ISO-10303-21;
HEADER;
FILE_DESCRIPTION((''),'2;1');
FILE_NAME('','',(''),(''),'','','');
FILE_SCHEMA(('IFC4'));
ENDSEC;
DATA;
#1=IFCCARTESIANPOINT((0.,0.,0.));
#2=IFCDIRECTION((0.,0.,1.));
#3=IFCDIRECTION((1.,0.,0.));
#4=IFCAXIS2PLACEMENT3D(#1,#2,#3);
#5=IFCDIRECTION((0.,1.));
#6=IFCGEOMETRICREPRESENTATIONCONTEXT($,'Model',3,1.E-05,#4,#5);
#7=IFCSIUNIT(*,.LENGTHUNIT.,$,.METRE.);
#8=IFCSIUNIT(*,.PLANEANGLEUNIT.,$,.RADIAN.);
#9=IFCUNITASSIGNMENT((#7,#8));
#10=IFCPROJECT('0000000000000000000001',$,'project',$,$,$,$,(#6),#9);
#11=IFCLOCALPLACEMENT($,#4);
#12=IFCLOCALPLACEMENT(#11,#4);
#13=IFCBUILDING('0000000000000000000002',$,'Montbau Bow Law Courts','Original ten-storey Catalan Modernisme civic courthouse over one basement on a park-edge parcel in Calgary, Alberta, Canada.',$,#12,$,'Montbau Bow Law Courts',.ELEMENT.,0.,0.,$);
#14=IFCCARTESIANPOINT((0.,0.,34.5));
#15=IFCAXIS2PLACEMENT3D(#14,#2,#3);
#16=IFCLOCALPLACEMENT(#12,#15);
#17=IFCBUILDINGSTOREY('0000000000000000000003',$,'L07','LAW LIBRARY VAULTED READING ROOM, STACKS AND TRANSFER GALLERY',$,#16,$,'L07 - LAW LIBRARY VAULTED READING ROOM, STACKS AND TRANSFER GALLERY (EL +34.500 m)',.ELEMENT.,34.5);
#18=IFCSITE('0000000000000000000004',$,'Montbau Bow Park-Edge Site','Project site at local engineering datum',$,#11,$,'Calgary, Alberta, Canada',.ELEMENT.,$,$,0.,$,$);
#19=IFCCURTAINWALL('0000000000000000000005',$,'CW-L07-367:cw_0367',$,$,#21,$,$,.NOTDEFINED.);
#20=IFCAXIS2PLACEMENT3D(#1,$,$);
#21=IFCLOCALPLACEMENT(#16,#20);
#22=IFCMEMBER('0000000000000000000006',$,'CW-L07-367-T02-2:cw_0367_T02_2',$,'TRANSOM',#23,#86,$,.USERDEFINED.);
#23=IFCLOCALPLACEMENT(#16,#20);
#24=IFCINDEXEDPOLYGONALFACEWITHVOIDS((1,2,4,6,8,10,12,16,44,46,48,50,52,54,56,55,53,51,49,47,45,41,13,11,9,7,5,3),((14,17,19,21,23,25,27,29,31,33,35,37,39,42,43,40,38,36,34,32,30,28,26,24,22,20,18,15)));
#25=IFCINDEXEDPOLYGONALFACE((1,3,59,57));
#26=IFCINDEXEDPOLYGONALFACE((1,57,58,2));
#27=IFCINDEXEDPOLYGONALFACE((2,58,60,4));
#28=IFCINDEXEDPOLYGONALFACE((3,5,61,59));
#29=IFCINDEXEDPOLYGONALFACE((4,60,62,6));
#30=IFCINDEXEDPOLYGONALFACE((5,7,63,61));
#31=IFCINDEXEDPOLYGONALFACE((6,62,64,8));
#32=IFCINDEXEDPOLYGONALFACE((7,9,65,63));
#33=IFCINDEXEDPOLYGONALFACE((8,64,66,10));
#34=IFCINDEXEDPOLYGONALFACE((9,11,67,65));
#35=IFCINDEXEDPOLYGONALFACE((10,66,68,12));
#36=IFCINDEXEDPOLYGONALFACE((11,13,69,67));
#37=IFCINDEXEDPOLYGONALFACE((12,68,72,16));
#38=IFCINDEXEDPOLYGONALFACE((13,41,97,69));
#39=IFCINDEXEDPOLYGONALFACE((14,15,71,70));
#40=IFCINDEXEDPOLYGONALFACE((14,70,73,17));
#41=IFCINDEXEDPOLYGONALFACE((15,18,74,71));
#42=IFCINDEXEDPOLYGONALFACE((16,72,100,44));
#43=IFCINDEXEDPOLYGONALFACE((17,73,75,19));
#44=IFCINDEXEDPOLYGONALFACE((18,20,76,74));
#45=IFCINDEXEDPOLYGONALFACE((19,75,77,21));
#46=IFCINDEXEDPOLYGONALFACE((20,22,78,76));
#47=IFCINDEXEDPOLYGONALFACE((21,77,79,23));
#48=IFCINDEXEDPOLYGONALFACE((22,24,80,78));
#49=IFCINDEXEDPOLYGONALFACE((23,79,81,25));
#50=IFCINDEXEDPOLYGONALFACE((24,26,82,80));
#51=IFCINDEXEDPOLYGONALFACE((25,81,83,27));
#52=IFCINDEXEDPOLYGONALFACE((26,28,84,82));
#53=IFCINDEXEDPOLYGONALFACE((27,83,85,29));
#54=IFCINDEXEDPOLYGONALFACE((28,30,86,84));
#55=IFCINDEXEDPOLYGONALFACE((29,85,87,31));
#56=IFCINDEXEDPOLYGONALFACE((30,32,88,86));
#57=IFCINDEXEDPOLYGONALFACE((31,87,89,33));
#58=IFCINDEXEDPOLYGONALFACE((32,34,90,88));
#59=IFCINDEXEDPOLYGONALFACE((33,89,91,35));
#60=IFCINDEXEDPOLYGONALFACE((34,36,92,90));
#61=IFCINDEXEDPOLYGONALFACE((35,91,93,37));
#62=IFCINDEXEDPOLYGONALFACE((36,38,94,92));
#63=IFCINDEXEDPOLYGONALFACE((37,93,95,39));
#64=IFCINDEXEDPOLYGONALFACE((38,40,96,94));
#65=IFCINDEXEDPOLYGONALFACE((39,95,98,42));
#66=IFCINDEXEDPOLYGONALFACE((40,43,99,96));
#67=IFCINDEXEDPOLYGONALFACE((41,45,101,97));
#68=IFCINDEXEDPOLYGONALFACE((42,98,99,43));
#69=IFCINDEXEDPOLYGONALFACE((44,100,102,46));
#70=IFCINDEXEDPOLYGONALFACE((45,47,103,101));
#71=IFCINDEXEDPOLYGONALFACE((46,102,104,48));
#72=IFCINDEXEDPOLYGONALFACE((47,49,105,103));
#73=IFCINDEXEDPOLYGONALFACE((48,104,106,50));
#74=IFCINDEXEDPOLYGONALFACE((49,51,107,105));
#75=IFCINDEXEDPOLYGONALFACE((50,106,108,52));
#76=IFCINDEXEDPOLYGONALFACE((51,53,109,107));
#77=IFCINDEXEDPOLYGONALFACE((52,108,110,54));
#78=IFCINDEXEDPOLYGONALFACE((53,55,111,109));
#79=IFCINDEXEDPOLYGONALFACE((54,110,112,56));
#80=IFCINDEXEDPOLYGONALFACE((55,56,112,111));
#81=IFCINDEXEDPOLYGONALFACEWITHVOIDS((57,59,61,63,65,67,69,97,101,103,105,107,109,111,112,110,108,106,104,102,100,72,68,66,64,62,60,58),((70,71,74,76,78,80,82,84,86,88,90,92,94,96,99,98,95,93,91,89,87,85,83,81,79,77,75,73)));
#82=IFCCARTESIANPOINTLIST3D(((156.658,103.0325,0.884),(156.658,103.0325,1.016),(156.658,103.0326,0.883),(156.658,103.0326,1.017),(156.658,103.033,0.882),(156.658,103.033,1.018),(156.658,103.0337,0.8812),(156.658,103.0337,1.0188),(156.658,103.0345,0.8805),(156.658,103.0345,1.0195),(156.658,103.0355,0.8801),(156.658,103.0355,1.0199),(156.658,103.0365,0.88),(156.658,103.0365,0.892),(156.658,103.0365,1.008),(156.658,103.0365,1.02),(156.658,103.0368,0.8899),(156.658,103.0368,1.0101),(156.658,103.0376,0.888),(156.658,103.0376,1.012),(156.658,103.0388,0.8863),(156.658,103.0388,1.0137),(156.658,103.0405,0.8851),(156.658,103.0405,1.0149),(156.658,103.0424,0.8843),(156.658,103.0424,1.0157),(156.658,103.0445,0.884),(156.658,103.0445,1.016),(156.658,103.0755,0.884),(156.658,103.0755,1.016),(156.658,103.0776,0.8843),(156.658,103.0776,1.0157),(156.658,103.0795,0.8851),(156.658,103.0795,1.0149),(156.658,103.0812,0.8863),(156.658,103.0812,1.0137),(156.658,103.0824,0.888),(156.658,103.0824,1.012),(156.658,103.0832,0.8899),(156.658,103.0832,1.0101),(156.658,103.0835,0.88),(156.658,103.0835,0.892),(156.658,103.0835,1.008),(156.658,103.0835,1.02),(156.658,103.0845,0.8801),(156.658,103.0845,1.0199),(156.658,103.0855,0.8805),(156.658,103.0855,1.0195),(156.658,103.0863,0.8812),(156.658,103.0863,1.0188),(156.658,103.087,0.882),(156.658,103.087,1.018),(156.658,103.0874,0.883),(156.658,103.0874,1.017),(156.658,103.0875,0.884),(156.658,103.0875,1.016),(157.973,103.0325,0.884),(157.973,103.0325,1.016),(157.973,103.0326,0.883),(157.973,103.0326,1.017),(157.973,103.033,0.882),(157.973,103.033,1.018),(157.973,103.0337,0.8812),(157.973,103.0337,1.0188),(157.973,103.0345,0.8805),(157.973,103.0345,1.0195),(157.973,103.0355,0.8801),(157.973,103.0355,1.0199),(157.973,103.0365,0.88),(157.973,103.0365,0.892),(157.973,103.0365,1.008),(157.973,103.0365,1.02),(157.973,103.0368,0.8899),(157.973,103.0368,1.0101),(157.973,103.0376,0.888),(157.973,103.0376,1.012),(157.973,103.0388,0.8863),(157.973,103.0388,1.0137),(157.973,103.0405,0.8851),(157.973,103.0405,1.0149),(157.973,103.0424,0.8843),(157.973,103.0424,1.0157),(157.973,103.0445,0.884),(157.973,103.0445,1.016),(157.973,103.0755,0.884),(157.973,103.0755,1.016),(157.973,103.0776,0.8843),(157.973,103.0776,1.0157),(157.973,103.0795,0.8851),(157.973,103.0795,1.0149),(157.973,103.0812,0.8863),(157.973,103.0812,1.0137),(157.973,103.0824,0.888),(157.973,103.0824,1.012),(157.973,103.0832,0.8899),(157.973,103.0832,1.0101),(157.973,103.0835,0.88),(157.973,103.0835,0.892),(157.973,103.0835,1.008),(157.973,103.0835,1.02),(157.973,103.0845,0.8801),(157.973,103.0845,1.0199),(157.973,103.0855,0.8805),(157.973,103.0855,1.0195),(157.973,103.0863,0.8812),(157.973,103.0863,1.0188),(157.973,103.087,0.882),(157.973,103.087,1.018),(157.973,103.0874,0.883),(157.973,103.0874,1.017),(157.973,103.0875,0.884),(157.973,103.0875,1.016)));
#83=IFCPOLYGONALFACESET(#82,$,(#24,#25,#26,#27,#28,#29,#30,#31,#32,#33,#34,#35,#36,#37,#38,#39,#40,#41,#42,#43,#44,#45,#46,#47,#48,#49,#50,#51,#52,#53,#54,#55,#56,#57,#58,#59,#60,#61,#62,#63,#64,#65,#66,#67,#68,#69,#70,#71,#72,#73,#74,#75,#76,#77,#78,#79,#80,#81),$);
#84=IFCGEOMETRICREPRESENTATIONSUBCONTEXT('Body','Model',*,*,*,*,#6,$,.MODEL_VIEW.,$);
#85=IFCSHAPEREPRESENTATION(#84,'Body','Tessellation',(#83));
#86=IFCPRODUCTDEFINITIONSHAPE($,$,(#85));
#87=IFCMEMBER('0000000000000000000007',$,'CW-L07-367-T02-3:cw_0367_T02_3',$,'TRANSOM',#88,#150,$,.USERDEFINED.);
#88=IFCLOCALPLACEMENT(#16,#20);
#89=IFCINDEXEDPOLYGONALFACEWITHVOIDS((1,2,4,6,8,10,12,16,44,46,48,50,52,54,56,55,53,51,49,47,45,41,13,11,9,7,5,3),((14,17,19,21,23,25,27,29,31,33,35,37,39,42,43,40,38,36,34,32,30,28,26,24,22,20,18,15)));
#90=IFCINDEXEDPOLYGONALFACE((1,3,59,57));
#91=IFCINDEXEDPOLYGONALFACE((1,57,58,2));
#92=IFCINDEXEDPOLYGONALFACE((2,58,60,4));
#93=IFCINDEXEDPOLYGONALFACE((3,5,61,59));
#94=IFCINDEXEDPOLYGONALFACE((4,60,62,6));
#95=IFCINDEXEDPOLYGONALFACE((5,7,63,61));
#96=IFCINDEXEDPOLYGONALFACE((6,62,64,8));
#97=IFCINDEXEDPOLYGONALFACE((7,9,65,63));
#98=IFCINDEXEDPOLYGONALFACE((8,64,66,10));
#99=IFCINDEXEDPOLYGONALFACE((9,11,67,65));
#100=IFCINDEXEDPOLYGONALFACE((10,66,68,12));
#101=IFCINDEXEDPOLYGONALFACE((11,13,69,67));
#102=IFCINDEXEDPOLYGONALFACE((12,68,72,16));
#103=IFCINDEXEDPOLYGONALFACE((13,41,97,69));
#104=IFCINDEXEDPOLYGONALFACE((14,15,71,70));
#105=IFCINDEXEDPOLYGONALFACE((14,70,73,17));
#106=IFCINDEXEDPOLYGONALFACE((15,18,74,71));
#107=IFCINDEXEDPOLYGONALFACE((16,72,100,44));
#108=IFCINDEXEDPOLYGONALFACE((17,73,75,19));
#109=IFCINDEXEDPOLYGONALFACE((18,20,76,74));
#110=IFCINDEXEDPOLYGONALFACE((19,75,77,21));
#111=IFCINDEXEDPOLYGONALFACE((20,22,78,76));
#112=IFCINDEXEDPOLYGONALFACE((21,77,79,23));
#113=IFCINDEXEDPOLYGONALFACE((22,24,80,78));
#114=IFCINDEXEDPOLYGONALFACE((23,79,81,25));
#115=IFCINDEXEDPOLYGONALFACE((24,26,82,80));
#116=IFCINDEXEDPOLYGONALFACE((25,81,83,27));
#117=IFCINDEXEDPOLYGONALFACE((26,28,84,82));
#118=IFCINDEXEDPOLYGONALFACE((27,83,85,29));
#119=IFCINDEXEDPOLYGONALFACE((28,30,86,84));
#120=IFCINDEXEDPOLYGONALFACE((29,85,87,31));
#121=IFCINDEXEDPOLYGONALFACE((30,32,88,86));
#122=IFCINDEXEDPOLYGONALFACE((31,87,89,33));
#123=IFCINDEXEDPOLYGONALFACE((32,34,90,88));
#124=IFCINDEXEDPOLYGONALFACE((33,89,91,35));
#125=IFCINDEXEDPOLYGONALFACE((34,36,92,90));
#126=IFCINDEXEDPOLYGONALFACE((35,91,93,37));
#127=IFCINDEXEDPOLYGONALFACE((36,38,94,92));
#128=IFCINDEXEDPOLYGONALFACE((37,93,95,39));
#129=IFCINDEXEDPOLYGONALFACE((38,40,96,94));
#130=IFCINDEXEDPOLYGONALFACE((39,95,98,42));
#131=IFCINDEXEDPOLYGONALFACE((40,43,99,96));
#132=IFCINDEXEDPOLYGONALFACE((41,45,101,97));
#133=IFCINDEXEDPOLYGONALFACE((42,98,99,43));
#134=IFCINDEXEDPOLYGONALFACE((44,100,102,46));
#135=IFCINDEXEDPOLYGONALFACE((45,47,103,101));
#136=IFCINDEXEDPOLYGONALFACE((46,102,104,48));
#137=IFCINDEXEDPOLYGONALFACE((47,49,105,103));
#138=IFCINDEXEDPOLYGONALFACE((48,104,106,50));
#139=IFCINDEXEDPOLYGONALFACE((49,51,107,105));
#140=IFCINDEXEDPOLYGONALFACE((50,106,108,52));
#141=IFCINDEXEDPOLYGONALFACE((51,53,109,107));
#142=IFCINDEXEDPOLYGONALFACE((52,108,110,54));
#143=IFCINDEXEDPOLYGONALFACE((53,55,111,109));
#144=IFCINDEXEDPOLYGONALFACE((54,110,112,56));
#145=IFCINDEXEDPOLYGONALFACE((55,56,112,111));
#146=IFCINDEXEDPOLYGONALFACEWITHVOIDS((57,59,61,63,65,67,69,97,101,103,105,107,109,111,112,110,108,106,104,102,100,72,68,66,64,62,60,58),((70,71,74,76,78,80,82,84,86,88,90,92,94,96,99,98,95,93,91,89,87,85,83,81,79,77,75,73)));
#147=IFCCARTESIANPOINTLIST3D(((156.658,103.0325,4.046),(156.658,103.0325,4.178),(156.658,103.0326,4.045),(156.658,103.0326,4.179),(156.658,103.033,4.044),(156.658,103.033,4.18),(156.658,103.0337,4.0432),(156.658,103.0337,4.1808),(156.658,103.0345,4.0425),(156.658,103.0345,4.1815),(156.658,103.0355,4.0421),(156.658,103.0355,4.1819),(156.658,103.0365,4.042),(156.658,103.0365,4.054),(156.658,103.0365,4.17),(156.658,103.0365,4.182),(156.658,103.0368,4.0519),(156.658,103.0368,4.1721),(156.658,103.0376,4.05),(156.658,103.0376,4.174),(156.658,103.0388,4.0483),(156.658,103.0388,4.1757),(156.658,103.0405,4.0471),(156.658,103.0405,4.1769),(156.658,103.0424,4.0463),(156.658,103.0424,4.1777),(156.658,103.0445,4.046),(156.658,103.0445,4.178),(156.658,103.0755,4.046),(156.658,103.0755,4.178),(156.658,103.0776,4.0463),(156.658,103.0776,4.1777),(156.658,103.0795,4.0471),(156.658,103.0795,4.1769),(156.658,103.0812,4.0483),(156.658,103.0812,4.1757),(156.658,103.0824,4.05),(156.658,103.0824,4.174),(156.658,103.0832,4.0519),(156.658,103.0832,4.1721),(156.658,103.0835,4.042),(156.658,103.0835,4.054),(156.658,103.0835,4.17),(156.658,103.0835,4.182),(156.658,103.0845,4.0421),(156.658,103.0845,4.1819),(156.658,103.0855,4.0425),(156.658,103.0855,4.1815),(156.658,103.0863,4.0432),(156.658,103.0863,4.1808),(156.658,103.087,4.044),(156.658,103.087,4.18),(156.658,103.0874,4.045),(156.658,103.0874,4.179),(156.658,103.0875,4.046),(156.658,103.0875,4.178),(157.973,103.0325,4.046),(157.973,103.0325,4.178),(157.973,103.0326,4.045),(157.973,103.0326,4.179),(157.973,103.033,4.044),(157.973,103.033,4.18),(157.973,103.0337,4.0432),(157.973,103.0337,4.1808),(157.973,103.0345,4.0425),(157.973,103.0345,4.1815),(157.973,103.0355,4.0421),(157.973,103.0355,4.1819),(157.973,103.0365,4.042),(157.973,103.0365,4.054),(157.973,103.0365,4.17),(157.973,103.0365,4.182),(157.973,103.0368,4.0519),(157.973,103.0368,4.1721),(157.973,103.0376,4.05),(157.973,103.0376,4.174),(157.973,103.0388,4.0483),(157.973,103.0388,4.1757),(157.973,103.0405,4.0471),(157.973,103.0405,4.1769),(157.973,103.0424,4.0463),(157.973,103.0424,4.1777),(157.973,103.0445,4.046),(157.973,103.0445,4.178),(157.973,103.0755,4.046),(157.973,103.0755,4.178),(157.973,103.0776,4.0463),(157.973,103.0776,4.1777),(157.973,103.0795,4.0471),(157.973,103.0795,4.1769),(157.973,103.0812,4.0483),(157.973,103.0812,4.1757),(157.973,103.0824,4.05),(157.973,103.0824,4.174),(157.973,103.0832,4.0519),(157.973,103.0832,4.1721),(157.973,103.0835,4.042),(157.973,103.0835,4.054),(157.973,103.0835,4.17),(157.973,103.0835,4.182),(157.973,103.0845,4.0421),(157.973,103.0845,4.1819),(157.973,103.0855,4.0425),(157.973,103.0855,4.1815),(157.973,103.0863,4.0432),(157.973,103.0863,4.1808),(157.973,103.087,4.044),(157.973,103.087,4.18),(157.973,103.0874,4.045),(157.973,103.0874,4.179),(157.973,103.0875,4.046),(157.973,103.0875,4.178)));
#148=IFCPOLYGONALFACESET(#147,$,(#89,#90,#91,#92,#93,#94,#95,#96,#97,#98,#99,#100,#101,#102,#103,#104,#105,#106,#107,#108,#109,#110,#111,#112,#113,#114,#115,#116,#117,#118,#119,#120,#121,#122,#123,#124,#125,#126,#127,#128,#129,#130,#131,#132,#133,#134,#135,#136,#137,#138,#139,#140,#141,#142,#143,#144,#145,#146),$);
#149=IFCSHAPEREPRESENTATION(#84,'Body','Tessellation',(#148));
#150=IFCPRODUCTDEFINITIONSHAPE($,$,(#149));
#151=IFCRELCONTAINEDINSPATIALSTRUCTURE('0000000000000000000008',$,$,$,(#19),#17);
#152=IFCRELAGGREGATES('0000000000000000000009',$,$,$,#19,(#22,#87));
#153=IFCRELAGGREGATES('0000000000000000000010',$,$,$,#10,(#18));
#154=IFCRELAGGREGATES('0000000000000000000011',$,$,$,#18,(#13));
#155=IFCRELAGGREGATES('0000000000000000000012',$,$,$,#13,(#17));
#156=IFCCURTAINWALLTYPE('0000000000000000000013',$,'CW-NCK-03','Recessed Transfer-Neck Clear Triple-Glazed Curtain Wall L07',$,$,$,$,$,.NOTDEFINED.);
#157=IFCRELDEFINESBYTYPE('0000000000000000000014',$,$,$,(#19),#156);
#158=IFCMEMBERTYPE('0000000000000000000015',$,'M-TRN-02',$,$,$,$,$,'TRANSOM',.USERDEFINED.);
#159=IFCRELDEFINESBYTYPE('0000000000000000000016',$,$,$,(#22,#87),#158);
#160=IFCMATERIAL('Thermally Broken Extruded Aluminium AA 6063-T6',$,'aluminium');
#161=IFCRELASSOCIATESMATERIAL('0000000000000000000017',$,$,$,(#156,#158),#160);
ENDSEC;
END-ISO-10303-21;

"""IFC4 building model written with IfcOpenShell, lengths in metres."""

from ifc_helpers import new_model, si_unit, direction, frame, origin_with_axes, origin_2d_with_axis, place, context, subcontext, project, spatial, hollow_rectangle, extrude, material, material_profile, profile_set, type_object, element, aggregate, save


model = new_model("IFC4")

# Units and contexts
model_context = context("Model", 3, precision=1e-05, world=origin_with_axes(), true_north=direction((0.0, 1.0)))
body_context = subcontext(model_context, "Body", "Model", "MODEL_VIEW")
ifc_project = project(units=[si_unit("LENGTHUNIT", "METRE"), si_unit("PLANEANGLEUNIT", "RADIAN")], contexts=[model_context])

# Site, building, storey
site_placement = place(None, origin_with_axes())
site = spatial("IfcSite", under=ifc_project, at=site_placement, Name="Montbau Bow Park-Edge Site", Description="Project site at local engineering datum", LongName="Calgary, Alberta, Canada", CompositionType="ELEMENT", RefElevation=0.0)
building_placement = place(site_placement, origin_with_axes())
building = spatial("IfcBuilding", under=site, at=building_placement, Name="Montbau Bow Law Courts", Description="Original ten-storey Catalan Modernisme civic courthouse over one basement on a park-edge parcel in Calgary, Alberta, Canada.", LongName="Montbau Bow Law Courts", CompositionType="ELEMENT", ElevationOfRefHeight=0.0, ElevationOfTerrain=0.0)
storey_placement = place(building_placement, frame((0.0, 0.0, 34.5), z_axis=(0.0, 0.0, 1.0), x_axis=(1.0, 0.0, 0.0)))
storey = spatial("IfcBuildingStorey", under=building, at=storey_placement, Name="L07", Description="LAW LIBRARY VAULTED READING ROOM, STACKS AND TRANSFER GALLERY", LongName="L07 - LAW LIBRARY VAULTED READING ROOM, STACKS AND TRANSFER GALLERY (EL +34.500 m)", CompositionType="ELEMENT", Elevation=34.5)

# Curtain wall, members
ifc_material_1 = material(Name="Thermally Broken Extruded Aluminium AA 6063-T6", Category="aluminium")
curtain_wall_type = type_object("IfcCurtainWallType", Name="CW-NCK-03", Description="Recessed Transfer-Neck Clear Triple-Glazed Curtain Wall L07", PredefinedType="NOTDEFINED", material=ifc_material_1)
curtain_wall_placement = place(None, frame((155.24, 103.06, 34.5), z_axis=(0.0, 0.0, 1.0), x_axis=(1.0, 0.0, 0.0)))
curtain_wall = element("IfcCurtainWall", 1, at=curtain_wall_placement, inside=storey, type_object=curtain_wall_type, Name="CW-L07-367:cw_0367", PredefinedType="NOTDEFINED")
ifc_material_profile_1 = material_profile(ifc_material_1, hollow_rectangle(XDim=0.055, YDim=0.14, WallThickness=0.004, InnerFilletRadius=0.008, OuterFilletRadius=0.004, at=origin_2d_with_axis()), Name="CWT-140X55", Category="Main", Priority=0)
ifc_profile_set_1 = profile_set([ifc_material_profile_1], Name="Thermally Broken Extruded Aluminium AA 6063-T6")
member_type_1 = type_object("IfcMemberType", Name="M-TRN-02", ElementType="TRANSOM", PredefinedType="USERDEFINED", material=ifc_profile_set_1)
member_1_placement = place(None, frame((156.658, 103.06, 35.45), z_axis=(1.0, 0.0, 0.0), x_axis=(0.0, 1.0, 0.0)))
member_1 = element("IfcMember", 2, at=member_1_placement, type_object=member_type_1, Name="CW-L07-367-T02-2:cw_0367_T02_2", ObjectType="TRANSOM", PredefinedType="USERDEFINED", context=body_context, shape_type="SweptSolid", body=[
    extrude(hollow_rectangle(XDim=0.055, YDim=0.14, WallThickness=0.004, InnerFilletRadius=0.008, OuterFilletRadius=0.004, at=origin_2d_with_axis()), origin_with_axes(), (0.0, 0.0, 1.0), 1.315),
])
member_2_placement = place(None, frame((156.658, 103.06, 38.612), z_axis=(1.0, 0.0, 0.0), x_axis=(0.0, 1.0, 0.0)))
member_2 = element("IfcMember", 3, at=member_2_placement, type_object=member_type_1, Name="CW-L07-367-T02-3:cw_0367_T02_3", ObjectType="TRANSOM", PredefinedType="USERDEFINED", context=body_context, shape_type="SweptSolid", body=[
    extrude(hollow_rectangle(XDim=0.055, YDim=0.14, WallThickness=0.004, InnerFilletRadius=0.008, OuterFilletRadius=0.004, at=origin_2d_with_axis()), origin_with_axes(), (0.0, 0.0, 1.0), 1.315),
])
aggregate(curtain_wall, [member_1, member_2])

save(model, "model.ifc")
